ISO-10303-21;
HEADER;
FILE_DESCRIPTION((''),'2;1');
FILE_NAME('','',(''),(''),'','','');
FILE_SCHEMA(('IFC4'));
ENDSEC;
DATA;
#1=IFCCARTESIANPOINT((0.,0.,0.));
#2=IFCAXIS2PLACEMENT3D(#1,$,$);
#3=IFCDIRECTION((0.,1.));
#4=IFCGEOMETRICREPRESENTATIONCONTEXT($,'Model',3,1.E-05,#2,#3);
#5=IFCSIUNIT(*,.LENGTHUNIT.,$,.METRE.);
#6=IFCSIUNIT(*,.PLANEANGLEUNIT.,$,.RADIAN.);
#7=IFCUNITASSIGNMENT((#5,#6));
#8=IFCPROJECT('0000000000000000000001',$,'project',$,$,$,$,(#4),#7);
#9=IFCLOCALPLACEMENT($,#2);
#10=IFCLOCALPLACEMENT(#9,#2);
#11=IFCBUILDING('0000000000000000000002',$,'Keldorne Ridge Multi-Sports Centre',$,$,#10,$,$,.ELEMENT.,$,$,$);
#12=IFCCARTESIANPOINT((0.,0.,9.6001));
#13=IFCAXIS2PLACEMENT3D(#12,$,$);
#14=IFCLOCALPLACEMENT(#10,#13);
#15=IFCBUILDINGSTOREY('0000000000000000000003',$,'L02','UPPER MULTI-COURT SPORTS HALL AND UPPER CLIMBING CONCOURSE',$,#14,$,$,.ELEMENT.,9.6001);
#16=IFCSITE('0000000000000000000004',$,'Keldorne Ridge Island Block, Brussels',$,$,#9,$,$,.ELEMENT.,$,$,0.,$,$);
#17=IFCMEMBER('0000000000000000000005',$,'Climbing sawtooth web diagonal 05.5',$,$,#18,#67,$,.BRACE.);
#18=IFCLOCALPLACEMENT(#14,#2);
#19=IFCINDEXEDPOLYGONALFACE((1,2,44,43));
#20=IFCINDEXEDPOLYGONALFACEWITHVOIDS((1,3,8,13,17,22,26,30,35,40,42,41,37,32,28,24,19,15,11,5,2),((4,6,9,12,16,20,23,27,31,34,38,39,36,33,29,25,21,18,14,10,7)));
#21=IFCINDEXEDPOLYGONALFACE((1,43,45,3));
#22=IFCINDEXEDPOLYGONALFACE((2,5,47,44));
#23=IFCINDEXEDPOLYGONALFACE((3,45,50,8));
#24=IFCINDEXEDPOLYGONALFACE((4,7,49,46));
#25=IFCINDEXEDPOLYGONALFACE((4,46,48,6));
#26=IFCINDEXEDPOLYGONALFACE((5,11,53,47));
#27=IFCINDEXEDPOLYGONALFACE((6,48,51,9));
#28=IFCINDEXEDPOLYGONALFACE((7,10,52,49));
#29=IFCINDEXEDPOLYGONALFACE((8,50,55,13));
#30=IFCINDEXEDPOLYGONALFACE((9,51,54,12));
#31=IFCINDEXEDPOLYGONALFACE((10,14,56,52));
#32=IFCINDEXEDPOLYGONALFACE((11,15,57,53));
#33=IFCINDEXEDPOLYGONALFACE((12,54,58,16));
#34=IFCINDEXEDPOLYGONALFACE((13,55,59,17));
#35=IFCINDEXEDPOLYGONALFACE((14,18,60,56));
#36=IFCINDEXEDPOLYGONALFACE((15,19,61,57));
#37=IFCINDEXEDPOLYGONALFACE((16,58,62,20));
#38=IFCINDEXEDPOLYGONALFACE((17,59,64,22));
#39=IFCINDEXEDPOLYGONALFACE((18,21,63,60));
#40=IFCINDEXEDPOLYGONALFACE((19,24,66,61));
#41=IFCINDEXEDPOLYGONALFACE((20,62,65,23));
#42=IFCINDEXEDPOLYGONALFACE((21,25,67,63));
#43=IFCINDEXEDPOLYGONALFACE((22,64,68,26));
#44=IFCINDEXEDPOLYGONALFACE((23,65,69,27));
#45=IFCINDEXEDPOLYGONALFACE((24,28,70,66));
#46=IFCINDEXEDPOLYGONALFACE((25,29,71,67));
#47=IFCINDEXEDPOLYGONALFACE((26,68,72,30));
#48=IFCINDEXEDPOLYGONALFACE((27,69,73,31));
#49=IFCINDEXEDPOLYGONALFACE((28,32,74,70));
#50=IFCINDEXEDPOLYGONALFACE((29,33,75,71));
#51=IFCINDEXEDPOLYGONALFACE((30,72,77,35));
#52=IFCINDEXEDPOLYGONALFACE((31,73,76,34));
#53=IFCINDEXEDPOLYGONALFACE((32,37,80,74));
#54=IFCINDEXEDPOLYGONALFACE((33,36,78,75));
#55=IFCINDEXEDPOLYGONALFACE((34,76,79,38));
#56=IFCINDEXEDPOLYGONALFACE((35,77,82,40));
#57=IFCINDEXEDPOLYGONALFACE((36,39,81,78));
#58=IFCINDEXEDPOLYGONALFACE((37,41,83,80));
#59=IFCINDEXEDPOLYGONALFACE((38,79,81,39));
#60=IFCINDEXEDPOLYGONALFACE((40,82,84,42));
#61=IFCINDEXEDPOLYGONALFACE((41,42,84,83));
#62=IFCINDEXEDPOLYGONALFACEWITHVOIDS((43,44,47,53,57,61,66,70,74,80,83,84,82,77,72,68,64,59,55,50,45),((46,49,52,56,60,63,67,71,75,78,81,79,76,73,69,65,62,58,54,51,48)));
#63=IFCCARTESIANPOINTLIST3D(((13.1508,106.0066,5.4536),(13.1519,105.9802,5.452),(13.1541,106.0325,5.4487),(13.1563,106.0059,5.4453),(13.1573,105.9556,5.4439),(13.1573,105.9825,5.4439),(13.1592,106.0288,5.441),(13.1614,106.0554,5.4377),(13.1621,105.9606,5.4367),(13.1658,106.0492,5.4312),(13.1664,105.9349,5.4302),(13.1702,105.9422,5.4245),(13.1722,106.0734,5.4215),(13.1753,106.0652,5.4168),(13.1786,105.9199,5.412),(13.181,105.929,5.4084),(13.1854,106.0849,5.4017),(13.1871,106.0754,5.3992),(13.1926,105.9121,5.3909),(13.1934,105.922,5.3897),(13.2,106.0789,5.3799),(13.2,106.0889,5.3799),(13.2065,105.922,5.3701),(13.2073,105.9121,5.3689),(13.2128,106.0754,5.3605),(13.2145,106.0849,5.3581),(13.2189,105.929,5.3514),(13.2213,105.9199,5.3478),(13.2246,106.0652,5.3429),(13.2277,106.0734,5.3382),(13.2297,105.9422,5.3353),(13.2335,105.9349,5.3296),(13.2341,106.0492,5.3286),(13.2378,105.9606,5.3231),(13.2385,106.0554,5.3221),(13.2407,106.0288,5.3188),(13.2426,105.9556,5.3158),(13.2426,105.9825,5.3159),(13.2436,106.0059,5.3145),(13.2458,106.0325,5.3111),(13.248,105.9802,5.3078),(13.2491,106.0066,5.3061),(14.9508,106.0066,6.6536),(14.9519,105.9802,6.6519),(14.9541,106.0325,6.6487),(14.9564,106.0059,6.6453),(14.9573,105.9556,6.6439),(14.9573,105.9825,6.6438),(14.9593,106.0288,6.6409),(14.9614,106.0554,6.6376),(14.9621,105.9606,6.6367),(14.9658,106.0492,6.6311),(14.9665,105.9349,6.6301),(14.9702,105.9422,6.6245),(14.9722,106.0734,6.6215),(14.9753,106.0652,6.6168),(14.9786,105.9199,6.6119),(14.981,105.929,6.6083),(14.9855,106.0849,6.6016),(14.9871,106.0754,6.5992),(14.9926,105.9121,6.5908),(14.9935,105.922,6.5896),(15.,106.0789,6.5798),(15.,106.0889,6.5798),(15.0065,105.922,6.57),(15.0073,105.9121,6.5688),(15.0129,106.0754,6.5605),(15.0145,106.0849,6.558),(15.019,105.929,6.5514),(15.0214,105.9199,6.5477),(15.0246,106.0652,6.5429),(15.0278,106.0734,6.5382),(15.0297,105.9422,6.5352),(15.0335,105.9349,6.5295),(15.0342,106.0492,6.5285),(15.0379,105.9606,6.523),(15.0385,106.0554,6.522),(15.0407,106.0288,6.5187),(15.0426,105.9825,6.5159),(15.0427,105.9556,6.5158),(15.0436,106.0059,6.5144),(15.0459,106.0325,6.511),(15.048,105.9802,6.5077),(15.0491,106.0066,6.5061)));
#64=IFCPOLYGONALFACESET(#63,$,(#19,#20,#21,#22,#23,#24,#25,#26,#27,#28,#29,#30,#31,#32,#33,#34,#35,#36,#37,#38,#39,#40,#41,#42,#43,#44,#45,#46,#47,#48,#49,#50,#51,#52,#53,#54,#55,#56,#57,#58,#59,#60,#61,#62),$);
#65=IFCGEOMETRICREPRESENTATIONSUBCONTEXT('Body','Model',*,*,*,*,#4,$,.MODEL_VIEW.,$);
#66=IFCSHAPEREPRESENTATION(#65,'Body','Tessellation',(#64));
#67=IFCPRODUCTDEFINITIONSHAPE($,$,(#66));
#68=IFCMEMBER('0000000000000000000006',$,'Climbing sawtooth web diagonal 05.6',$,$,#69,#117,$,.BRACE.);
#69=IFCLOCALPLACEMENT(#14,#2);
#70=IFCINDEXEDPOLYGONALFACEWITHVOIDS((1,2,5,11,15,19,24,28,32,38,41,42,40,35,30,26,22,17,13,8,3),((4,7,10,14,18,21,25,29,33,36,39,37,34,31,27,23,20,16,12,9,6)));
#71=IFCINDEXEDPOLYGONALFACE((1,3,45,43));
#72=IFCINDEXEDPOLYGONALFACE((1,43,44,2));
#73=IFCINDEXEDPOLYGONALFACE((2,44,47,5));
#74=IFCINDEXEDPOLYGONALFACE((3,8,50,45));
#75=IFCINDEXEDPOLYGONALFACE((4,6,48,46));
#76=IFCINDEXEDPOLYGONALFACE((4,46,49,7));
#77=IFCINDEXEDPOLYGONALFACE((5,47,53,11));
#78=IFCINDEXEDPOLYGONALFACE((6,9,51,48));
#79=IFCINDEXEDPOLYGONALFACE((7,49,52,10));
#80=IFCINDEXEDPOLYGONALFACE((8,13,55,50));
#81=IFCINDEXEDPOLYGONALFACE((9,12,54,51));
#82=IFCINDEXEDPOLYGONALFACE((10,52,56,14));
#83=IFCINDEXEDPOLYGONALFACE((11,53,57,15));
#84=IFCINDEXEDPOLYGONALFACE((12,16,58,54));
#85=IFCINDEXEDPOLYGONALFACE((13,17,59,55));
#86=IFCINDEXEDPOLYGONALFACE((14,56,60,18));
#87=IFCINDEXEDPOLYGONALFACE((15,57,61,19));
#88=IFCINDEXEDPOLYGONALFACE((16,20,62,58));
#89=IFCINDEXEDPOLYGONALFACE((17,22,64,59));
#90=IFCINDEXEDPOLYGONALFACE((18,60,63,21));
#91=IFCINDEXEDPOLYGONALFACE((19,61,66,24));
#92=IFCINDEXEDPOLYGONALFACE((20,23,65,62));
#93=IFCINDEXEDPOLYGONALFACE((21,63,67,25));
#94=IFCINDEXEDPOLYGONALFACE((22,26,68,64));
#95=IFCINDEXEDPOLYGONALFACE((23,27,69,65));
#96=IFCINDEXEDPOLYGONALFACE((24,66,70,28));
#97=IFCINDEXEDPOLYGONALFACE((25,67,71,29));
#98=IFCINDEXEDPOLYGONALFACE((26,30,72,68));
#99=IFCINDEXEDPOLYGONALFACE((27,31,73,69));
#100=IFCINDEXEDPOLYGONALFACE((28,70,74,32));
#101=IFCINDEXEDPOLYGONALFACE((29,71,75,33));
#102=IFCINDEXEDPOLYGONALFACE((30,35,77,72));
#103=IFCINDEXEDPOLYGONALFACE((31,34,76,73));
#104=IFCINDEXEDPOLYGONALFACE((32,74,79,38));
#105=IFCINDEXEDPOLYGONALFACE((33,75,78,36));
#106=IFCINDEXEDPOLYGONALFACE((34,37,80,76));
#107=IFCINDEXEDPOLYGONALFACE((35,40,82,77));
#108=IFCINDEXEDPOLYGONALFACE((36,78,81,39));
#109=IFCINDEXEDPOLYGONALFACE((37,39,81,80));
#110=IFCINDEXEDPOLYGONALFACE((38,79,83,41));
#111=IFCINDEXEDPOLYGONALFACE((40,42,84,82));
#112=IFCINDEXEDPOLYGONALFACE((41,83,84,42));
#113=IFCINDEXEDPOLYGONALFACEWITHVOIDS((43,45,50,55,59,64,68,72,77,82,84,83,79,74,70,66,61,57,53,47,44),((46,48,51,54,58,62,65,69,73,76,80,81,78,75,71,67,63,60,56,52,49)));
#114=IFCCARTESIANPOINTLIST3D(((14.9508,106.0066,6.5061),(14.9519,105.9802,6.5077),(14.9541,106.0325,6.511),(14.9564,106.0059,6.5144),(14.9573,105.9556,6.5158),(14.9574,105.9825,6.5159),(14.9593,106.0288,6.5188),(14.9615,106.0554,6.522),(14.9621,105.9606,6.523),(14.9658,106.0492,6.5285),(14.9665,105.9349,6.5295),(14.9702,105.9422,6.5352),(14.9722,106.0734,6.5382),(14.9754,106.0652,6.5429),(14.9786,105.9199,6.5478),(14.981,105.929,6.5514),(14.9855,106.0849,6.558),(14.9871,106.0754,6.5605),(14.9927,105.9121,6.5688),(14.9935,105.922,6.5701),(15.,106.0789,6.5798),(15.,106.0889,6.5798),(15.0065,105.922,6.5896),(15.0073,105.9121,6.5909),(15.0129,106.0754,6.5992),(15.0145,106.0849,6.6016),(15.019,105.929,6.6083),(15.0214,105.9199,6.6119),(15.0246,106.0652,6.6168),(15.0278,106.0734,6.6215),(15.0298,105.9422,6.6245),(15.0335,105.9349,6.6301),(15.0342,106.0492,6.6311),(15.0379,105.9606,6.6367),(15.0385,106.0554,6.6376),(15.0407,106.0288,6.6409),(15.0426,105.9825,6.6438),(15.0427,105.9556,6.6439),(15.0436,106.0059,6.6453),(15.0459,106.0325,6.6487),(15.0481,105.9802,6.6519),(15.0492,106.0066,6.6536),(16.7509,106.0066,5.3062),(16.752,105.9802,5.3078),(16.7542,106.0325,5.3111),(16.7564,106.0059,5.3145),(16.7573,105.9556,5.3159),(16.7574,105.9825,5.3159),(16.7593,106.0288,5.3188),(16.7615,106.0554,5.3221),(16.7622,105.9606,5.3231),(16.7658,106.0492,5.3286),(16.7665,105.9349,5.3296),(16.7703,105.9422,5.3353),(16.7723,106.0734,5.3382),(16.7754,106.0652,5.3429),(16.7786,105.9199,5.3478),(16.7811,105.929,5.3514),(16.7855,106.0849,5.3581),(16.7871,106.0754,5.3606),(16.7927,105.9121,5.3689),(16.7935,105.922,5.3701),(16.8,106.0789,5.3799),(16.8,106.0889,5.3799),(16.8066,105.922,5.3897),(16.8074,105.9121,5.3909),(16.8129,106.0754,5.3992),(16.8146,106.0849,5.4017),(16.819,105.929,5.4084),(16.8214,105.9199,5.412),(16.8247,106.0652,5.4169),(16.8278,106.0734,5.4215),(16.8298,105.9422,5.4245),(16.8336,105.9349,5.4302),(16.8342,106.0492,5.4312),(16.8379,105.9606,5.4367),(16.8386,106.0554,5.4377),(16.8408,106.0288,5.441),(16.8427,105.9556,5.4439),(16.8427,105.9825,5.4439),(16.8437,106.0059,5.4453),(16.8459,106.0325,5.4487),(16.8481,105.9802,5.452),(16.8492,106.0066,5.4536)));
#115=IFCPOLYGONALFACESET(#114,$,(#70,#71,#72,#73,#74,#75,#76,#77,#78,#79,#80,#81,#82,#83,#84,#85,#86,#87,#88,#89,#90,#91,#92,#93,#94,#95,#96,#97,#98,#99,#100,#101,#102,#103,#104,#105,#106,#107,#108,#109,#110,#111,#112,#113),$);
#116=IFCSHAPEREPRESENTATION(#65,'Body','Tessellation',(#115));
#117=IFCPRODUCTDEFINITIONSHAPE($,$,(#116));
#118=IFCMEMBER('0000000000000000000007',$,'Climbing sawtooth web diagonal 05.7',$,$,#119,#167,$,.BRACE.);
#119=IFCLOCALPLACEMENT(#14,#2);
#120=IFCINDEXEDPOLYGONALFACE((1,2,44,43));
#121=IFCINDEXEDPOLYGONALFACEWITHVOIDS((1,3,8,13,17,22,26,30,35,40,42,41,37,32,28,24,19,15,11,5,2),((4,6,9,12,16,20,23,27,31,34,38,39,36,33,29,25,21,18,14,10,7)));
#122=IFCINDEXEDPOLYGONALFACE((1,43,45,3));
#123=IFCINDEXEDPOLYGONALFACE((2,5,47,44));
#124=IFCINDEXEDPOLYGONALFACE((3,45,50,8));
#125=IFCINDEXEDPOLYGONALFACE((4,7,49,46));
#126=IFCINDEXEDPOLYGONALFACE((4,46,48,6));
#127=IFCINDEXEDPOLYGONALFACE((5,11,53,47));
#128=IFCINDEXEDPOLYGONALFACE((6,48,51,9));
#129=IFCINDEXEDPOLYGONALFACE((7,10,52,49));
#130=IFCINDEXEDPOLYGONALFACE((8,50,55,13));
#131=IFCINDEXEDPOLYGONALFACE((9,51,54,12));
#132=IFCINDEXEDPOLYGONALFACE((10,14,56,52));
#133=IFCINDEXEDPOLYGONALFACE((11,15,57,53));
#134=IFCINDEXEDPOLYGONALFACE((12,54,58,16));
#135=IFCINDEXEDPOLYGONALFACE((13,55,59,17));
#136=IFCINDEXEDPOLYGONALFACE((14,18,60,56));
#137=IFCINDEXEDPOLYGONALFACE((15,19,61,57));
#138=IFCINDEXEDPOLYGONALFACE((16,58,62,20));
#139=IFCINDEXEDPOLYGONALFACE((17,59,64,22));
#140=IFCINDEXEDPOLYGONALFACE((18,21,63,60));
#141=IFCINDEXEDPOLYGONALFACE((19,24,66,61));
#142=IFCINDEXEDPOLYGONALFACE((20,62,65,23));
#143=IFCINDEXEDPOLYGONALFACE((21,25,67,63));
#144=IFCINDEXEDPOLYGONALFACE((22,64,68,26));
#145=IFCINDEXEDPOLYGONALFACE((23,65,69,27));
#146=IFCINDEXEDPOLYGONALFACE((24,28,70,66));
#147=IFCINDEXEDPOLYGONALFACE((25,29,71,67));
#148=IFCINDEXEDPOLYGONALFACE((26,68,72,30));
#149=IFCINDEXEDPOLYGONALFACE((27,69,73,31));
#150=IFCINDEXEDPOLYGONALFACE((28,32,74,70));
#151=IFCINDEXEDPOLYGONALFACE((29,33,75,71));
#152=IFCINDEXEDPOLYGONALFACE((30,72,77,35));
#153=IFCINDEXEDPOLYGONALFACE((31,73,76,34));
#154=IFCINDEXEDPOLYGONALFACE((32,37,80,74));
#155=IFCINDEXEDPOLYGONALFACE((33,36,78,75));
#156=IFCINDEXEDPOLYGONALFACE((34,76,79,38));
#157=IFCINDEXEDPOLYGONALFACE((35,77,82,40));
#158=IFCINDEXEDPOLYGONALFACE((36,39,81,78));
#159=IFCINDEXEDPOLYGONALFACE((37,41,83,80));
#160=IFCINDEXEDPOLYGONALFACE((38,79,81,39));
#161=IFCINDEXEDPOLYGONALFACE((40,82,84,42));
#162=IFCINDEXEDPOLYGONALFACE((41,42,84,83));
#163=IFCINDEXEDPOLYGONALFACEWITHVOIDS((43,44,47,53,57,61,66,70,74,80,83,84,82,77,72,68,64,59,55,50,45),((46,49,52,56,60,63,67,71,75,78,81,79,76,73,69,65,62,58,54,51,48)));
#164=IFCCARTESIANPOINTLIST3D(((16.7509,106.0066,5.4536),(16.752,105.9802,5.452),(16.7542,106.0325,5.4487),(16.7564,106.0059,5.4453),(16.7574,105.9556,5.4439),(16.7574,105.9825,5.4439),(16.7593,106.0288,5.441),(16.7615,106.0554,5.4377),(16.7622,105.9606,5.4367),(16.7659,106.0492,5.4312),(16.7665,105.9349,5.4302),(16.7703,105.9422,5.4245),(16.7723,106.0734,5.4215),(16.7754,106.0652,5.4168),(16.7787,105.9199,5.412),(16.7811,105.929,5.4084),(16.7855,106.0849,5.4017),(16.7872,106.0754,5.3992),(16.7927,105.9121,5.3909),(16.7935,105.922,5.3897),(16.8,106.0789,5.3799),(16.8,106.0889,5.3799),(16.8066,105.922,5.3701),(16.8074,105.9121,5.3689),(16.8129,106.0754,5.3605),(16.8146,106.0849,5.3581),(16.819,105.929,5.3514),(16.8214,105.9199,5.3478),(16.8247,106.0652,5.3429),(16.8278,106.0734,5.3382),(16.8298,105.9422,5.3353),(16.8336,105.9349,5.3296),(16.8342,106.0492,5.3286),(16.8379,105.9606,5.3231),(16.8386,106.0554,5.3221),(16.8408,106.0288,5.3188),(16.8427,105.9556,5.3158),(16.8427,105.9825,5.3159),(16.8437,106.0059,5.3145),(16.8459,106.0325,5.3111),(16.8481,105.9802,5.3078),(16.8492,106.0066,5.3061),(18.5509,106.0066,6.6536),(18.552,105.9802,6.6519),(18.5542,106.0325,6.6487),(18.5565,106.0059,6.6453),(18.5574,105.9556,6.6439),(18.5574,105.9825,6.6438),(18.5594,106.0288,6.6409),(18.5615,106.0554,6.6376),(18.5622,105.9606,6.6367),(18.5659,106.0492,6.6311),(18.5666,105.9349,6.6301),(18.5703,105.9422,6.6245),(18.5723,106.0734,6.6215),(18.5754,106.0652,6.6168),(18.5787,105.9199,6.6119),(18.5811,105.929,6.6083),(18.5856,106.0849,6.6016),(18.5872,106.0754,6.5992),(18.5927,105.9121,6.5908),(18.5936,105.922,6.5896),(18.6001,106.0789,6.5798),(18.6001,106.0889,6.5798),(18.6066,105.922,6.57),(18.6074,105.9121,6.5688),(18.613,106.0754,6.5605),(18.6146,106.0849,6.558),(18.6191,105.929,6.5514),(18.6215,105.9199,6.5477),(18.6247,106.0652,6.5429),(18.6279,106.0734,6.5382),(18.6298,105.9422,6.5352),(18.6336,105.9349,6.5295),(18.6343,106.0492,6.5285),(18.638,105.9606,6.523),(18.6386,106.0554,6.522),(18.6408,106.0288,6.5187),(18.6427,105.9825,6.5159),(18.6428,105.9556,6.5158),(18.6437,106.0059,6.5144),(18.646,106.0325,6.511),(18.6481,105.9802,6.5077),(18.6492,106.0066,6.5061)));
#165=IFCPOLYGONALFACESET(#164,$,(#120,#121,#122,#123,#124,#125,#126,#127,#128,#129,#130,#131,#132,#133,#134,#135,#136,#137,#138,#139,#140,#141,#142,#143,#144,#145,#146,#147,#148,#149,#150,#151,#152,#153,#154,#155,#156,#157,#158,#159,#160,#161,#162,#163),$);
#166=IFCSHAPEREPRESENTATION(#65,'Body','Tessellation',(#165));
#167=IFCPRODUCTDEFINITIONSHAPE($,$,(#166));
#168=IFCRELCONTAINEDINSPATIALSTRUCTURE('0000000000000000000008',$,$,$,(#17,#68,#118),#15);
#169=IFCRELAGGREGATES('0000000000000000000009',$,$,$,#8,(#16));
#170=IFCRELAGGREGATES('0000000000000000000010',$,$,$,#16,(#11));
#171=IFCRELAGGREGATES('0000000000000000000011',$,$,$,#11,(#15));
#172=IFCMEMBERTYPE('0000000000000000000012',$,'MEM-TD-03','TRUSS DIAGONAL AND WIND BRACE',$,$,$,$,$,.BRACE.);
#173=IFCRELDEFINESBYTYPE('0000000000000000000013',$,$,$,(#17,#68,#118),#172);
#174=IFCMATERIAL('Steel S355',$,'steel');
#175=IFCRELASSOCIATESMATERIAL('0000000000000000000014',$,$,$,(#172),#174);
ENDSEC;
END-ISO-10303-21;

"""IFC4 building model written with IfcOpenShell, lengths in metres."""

from ifc_helpers import new_model, si_unit, direction, frame, origin, origin_2d, place, context, subcontext, project, spatial, hollow_circle, extrude, material, material_profile, profile_set, type_object, element, save


model = new_model("IFC4")

# Units and contexts
model_context = context("Model", 3, precision=1e-05, world=origin(), true_north=direction((0.0, 1.0)))
body_context = subcontext(model_context, "Body", "Model", "MODEL_VIEW")
ifc_project = project(units=[si_unit("LENGTHUNIT", "METRE"), si_unit("PLANEANGLEUNIT", "RADIAN")], contexts=[model_context])

# Site, building, storey
site_placement = place(None, origin())
site = spatial("IfcSite", under=ifc_project, at=site_placement, Name="Keldorne Ridge Island Block, Brussels", CompositionType="ELEMENT", RefElevation=0.0)
building_placement = place(site_placement, origin())
building = spatial("IfcBuilding", under=site, at=building_placement, Name="Keldorne Ridge Multi-Sports Centre", CompositionType="ELEMENT")
storey_placement = place(building_placement, frame((0.0, 0.0, 9.6001)))
storey = spatial("IfcBuildingStorey", under=building, at=storey_placement, Name="L02", Description="UPPER MULTI-COURT SPORTS HALL AND UPPER CLIMBING CONCOURSE", CompositionType="ELEMENT", Elevation=9.6001)

# Shared definitions
ifc_material_1 = material(Name="Steel S355", Category="steel")

# Members
ifc_material_profile_1 = material_profile(ifc_material_1, hollow_circle(Radius=0.0889, WallThickness=0.01, at=origin_2d()), Name="CHS 177.8x10")
ifc_profile_set_1 = profile_set([ifc_material_profile_1], Name="Steel S355")
member_type_1 = type_object("IfcMemberType", Name="MEM-TD-03", Description="TRUSS DIAGONAL AND WIND BRACE", PredefinedType="BRACE", material=ifc_profile_set_1)
for number, where, z_axis, x_axis, name in (
    (1, (13.2, 106.0, 5.3799), (0.832068, 0.0, 0.554674), (0.0, 1.0, 0.0), "Climbing sawtooth web diagonal 05.5"),
    (2, (15.0, 106.0, 6.5798), (0.832068, 0.0, -0.554674), (0.0, 1.0, 0.0), "Climbing sawtooth web diagonal 05.6"),
    (3, (16.8, 106.0, 5.3799), (0.832068, 0.0, 0.554674), (0.0, 1.0, 0.0), "Climbing sawtooth web diagonal 05.7"),
):
    element("IfcMember", number, at=place(storey_placement, frame(where, z_axis=z_axis, x_axis=x_axis)), inside=storey, type_object=member_type_1, Name=name, PredefinedType="BRACE", context=body_context, shape_type="SweptSolid", body=[
        extrude(hollow_circle(Radius=0.0889, WallThickness=0.01, at=origin_2d()), origin(), (0.0, 0.0, 1.0), 2.1633),
    ])

save(model, "model.ifc")
